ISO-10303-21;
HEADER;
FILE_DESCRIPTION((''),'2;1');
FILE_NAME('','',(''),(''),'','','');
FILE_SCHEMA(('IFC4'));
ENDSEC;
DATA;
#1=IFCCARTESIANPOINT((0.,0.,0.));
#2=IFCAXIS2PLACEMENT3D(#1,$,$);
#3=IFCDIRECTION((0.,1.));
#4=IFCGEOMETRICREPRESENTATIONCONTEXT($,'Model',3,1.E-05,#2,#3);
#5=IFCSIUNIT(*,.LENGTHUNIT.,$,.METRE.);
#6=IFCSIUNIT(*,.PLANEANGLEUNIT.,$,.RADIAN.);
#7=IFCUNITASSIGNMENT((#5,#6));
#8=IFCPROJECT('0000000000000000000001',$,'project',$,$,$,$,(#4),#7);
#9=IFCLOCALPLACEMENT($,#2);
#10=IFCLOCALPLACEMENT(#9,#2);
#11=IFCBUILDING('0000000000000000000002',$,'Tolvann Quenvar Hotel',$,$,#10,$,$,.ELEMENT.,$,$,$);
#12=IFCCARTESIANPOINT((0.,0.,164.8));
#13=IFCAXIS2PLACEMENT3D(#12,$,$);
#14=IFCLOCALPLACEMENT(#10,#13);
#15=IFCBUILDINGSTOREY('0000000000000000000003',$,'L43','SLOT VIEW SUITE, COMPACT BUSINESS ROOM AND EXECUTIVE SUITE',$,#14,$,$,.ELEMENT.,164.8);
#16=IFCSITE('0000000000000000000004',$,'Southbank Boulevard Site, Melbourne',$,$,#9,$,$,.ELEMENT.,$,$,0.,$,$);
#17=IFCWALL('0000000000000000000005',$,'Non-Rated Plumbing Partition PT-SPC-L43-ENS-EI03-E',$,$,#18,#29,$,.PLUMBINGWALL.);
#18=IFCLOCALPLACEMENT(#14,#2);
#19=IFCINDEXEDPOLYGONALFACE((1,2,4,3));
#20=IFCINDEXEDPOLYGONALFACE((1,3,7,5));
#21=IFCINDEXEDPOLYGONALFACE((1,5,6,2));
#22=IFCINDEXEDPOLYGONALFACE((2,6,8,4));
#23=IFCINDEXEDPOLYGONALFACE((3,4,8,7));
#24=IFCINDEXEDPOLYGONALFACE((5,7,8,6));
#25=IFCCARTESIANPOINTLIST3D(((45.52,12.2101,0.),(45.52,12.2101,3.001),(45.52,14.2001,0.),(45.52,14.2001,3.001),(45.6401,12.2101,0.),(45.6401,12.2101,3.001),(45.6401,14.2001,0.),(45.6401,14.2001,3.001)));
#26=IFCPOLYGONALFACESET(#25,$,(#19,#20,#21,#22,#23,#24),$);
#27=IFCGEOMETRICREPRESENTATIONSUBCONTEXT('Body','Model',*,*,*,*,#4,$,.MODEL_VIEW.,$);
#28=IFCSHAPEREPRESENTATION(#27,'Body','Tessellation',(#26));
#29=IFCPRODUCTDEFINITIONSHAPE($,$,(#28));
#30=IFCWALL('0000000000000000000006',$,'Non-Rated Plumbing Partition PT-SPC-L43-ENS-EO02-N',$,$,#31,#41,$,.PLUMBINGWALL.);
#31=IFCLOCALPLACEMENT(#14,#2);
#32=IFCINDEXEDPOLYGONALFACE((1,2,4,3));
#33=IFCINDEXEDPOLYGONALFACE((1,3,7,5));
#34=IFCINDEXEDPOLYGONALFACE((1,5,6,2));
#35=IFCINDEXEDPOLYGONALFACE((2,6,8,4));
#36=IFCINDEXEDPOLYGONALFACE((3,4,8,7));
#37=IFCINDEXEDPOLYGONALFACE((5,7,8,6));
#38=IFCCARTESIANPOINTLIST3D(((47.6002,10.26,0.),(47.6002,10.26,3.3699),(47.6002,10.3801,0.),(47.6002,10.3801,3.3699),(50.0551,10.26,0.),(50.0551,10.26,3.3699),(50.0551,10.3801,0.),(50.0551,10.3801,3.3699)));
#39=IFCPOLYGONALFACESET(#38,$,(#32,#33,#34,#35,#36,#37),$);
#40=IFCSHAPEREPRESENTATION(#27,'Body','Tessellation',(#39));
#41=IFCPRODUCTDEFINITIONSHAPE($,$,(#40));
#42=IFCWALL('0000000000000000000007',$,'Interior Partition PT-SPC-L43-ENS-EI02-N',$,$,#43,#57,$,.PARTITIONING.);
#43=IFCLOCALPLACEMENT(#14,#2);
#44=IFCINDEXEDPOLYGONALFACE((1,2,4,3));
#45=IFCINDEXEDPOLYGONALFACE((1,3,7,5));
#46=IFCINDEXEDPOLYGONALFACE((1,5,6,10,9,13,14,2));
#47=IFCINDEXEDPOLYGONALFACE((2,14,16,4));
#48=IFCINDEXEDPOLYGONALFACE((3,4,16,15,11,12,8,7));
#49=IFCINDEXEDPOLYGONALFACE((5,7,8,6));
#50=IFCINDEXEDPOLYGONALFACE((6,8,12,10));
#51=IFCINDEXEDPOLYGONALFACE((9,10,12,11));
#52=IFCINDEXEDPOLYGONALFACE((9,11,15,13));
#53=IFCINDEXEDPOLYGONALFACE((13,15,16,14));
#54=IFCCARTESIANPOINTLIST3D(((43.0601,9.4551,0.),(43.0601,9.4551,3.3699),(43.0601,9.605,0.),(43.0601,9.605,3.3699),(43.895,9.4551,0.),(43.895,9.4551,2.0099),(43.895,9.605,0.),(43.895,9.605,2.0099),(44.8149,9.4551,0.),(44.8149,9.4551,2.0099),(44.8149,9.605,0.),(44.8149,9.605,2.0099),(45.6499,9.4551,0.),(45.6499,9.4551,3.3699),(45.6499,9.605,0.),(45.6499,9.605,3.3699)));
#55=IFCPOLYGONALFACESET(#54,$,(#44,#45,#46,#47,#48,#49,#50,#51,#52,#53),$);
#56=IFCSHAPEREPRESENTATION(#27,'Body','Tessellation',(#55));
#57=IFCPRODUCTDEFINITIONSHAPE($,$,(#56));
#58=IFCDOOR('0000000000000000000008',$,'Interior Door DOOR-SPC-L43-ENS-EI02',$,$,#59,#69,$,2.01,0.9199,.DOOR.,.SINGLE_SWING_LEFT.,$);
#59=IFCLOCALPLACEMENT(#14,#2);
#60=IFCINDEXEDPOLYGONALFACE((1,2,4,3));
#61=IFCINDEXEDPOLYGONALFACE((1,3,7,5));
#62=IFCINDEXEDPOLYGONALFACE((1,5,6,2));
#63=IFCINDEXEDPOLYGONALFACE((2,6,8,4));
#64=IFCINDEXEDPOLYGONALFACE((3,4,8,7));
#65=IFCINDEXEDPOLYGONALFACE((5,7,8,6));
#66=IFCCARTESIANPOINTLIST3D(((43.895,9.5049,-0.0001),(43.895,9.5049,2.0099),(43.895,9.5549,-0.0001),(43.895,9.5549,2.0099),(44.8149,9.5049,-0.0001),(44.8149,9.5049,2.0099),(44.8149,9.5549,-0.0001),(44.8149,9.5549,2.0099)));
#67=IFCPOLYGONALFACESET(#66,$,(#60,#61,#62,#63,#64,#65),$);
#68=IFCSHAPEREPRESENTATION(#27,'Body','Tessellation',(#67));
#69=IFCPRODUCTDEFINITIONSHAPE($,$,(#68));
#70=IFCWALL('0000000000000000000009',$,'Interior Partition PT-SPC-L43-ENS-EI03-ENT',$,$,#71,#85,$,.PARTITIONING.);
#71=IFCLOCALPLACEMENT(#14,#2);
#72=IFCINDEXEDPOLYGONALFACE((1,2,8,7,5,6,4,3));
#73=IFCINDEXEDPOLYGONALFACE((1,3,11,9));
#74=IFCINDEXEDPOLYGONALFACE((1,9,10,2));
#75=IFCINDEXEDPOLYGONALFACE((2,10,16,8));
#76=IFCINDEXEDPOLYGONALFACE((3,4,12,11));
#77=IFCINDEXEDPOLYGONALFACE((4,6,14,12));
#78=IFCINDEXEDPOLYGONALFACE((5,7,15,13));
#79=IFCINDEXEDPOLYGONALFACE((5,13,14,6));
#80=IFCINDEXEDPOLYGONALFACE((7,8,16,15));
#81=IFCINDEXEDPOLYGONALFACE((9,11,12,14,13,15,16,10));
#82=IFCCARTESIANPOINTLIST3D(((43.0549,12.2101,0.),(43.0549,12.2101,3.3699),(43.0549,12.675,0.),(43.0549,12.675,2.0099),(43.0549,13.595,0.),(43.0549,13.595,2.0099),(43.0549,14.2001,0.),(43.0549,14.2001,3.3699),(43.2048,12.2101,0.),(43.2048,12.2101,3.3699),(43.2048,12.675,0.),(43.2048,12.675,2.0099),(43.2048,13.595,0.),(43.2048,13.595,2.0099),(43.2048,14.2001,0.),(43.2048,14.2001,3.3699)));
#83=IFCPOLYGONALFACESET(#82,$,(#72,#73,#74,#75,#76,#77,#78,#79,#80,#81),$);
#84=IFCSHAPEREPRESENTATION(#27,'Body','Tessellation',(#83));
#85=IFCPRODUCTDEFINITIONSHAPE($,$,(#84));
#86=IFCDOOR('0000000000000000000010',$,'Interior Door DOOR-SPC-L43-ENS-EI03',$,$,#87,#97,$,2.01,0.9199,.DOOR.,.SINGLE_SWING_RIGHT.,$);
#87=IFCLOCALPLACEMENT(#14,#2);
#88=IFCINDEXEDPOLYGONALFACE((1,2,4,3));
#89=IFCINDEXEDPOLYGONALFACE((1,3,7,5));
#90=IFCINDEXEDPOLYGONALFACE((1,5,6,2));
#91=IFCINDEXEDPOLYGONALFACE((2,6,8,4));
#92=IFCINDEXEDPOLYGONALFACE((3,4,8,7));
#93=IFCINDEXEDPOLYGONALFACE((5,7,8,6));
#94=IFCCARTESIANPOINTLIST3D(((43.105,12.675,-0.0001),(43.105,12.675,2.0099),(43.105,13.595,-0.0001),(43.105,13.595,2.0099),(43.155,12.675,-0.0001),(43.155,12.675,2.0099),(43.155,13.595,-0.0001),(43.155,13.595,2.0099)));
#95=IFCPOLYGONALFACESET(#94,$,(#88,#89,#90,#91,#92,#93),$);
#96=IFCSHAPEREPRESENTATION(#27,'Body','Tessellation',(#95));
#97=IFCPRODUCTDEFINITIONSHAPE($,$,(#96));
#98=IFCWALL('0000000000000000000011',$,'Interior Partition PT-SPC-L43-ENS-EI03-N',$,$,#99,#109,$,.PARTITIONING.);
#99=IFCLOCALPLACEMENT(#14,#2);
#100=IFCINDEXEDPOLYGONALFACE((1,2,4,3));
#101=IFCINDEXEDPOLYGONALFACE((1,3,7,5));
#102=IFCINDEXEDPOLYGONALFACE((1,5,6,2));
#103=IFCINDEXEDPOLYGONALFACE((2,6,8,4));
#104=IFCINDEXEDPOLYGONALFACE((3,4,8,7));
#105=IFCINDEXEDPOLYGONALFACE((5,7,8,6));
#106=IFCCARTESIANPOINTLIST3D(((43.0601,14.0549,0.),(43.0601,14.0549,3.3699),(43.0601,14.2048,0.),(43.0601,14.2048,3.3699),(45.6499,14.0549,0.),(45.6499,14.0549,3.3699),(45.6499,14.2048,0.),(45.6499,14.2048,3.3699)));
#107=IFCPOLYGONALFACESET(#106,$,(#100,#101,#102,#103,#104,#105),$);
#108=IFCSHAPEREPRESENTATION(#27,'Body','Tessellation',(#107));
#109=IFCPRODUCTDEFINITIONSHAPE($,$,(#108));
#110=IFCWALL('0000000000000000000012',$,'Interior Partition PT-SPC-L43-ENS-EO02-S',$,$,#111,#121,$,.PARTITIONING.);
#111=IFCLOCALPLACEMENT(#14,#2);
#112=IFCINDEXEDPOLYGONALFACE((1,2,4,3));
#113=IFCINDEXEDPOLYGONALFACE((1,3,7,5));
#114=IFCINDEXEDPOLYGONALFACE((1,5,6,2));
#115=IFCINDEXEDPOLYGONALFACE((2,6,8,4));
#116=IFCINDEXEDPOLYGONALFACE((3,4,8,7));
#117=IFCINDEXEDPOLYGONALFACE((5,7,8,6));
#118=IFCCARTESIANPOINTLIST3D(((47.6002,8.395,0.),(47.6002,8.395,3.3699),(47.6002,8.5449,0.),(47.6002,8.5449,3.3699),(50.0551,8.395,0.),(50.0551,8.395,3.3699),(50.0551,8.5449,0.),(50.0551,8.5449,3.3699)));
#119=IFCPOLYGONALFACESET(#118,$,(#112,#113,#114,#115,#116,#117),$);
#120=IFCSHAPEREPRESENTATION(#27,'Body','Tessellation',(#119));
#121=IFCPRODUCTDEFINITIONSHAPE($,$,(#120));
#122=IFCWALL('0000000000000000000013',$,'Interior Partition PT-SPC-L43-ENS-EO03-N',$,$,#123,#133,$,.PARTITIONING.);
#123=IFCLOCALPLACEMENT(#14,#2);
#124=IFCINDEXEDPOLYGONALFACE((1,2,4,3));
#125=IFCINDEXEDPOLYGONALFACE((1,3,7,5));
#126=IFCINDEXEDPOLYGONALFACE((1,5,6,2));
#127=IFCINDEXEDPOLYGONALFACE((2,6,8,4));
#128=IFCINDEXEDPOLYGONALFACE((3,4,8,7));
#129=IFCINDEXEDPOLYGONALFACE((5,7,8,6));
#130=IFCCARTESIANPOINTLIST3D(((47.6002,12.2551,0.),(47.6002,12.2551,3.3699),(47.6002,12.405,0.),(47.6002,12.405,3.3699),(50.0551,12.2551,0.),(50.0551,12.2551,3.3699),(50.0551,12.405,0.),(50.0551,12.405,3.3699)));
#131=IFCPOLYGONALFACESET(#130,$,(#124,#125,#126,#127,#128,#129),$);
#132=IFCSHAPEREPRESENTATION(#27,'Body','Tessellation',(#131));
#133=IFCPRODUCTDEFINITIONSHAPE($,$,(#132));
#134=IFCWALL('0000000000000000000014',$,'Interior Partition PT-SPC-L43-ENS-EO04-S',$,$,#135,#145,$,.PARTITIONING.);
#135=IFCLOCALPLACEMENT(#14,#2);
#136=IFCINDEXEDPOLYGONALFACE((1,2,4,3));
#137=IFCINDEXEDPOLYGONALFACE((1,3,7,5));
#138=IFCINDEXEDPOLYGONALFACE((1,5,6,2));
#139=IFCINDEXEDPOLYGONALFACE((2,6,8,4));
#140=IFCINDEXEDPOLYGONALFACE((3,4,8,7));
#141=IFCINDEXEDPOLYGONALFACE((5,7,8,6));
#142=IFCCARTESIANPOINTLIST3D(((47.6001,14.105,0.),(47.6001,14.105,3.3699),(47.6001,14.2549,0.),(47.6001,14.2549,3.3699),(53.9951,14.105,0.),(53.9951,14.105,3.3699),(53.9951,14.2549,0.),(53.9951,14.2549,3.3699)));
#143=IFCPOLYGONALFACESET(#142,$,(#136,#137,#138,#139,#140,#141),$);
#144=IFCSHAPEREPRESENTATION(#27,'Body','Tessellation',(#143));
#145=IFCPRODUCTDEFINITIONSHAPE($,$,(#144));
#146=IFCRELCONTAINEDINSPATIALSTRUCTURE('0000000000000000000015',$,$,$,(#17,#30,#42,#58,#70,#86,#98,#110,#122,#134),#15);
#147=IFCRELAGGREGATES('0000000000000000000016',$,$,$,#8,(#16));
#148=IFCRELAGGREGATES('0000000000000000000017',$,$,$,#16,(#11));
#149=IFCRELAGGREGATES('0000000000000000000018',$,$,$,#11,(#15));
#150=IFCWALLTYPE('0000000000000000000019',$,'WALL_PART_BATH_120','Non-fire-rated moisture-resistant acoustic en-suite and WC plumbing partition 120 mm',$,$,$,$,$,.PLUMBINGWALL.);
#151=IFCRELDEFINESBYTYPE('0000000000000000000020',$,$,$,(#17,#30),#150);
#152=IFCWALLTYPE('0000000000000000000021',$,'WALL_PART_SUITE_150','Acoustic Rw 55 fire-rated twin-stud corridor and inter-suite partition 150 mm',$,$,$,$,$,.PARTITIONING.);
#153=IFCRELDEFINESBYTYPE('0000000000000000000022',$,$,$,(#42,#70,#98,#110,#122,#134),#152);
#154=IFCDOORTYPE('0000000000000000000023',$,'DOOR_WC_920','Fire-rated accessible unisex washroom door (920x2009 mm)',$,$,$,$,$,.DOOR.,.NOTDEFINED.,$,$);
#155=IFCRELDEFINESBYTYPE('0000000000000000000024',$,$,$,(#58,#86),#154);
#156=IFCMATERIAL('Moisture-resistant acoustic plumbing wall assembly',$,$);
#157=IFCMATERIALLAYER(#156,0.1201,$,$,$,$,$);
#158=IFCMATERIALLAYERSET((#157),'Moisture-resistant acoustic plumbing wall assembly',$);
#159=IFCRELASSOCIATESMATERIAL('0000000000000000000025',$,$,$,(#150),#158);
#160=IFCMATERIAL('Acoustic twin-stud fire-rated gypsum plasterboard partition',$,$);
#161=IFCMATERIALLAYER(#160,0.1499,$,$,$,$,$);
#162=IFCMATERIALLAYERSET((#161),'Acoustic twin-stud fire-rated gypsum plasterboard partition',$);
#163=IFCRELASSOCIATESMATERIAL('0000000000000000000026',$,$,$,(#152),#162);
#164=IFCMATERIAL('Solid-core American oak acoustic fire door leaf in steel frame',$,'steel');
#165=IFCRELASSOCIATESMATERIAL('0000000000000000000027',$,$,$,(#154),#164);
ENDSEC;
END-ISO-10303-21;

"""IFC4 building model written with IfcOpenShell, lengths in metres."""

from ifc_helpers import new_model, si_unit, direction, frame, frame_2d, origin, place, context, subcontext, project, spatial, rectangle, extrude, source, transform, mapped, material, layer, layer_set, type_object, type_shapes, element, fill, save


model = new_model("IFC4")

# Units and contexts
model_context = context("Model", 3, precision=1e-05, world=origin(), true_north=direction((0.0, 1.0)))
body_context = subcontext(model_context, "Body", "Model", "MODEL_VIEW")
ifc_project = project(units=[si_unit("LENGTHUNIT", "METRE"), si_unit("PLANEANGLEUNIT", "RADIAN")], contexts=[model_context])

# Site, building, storey
site_placement = place(None, origin())
site = spatial("IfcSite", under=ifc_project, at=site_placement, Name="Southbank Boulevard Site, Melbourne", CompositionType="ELEMENT", RefElevation=0.0)
building_placement = place(site_placement, origin())
building = spatial("IfcBuilding", under=site, at=building_placement, Name="Tolvann Quenvar Hotel", CompositionType="ELEMENT")
storey_placement = place(building_placement, frame((0.0, 0.0, 164.8)))
storey = spatial("IfcBuildingStorey", under=building, at=storey_placement, Name="L43", Description="SLOT VIEW SUITE, COMPACT BUSINESS ROOM AND EXECUTIVE SUITE", CompositionType="ELEMENT", Elevation=164.8)

# Walls
ifc_material_1 = material(Name="Moisture-resistant acoustic plumbing wall assembly")
ifc_layer_1 = layer(ifc_material_1, 0.1201)
ifc_layer_set_1 = layer_set([ifc_layer_1], Name="Moisture-resistant acoustic plumbing wall assembly")
wall_type_1 = type_object("IfcWallType", Name="WALL_PART_BATH_120", Description="Non-fire-rated moisture-resistant acoustic en-suite and WC plumbing partition 120 mm", PredefinedType="PLUMBINGWALL", material=ifc_layer_set_1)
wall_1_placement = place(storey_placement, frame((45.5801, 12.21, 0.0), z_axis=(0.0, 0.0, 1.0), x_axis=(0.0, 1.0, 0.0)))
element("IfcWall", 1, at=wall_1_placement, inside=storey, type_object=wall_type_1, Name="Non-Rated Plumbing Partition PT-SPC-L43-ENS-EI03-E", PredefinedType="PLUMBINGWALL", context=body_context, shape_type="SweptSolid", body=[
    extrude(rectangle(XDim=1.99, YDim=0.1201, at=frame_2d((0.9951, 0.0))), origin(), (0.0, 0.0, 1.0), 3.001),
])
wall_2_placement = place(storey_placement, frame((47.6001, 10.3201, 0.0), z_axis=(0.0, 0.0, 1.0), x_axis=(1.0, 0.0, 0.0)))
element("IfcWall", 2, at=wall_2_placement, inside=storey, type_object=wall_type_1, Name="Non-Rated Plumbing Partition PT-SPC-L43-ENS-EO02-N", PredefinedType="PLUMBINGWALL", context=body_context, shape_type="SweptSolid", body=[
    extrude(rectangle(XDim=2.4548, YDim=0.1201, at=frame_2d((1.2275, 0.0))), origin(), (0.0, 0.0, 1.0), 3.3699),
])

# Walls, openings, doors
ifc_material_2 = material(Name="Acoustic twin-stud fire-rated gypsum plasterboard partition")
ifc_layer_2 = layer(ifc_material_2, 0.1499)
ifc_layer_set_2 = layer_set([ifc_layer_2], Name="Acoustic twin-stud fire-rated gypsum plasterboard partition")
wall_type_2 = type_object("IfcWallType", Name="WALL_PART_SUITE_150", Description="Acoustic Rw 55 fire-rated twin-stud corridor and inter-suite partition 150 mm", PredefinedType="PARTITIONING", material=ifc_layer_set_2)
wall_3_placement = place(storey_placement, frame((43.0601, 9.53, 0.0), z_axis=(0.0, 0.0, 1.0), x_axis=(1.0, 0.0, 0.0)))
wall_3 = element("IfcWall", 3, at=wall_3_placement, inside=storey, type_object=wall_type_2, Name="Interior Partition PT-SPC-L43-ENS-EI02-N", PredefinedType="PARTITIONING", context=body_context, shape_type="SweptSolid", body=[
    extrude(rectangle(XDim=2.5898, YDim=0.1499, at=frame_2d((1.2949, 0.0))), origin(), (0.0, 0.0, 1.0), 3.3699),
])
opening_1_placement = place(wall_3_placement, frame((0.835, 0.0, 0.0)))
opening_1 = element("IfcOpeningElement", 4, at=opening_1_placement, cuts=wall_3, PredefinedType="OPENING", context=body_context, shape_type="SweptSolid", body=[
    extrude(rectangle(XDim=0.9199, YDim=2.01, at=frame_2d((0.46, 1.0049))), frame((0.0, 0.085, 0.0), z_axis=(0.0, -1.0, 0.0), x_axis=(1.0, 0.0, 0.0)), (0.0, 0.0, 1.0), 0.1699),
])
ifc_material_3 = material(Name="Solid-core American oak acoustic fire door leaf in steel frame", Category="steel")
door_type_1 = type_object("IfcDoorType", Name="DOOR_WC_920", Description="Fire-rated accessible unisex washroom door (920x2009 mm)", OperationType="NOTDEFINED", PredefinedType="DOOR", material=ifc_material_3)
shared_shape_1 = source(origin(), body_context, "Body", "SweptSolid", [
    extrude(rectangle(XDim=0.9199, YDim=2.01, at=frame_2d((0.46, 1.0049))), frame((0.0, 0.0249, 0.0), z_axis=(0.0, -1.0, 0.0), x_axis=(1.0, 0.0, 0.0)), (0.0, 0.0, 1.0), 0.05),
])
type_shapes(door_type_1, [shared_shape_1])
door_1_placement = place(opening_1_placement, origin())
door_1 = element("IfcDoor", 5, at=door_1_placement, inside=storey, type_object=door_type_1, Name="Interior Door DOOR-SPC-L43-ENS-EI02", OperationType="SINGLE_SWING_LEFT", OverallHeight=2.01, OverallWidth=0.9199, PredefinedType="DOOR", context=body_context, shape_type="MappedRepresentation", body=[
    mapped(shared_shape_1, transform((0.0, 0.0, 0.0), x_axis=(1.0, 0.0, 0.0), y_axis=(0.0, 1.0, 0.0), z_axis=(0.0, 0.0, 1.0), scale=1.0)),
])
fill(opening_1, door_1)
wall_4_placement = place(storey_placement, frame((43.1299, 12.21, 0.0), z_axis=(0.0, 0.0, 1.0), x_axis=(0.0, 1.0, 0.0)))
wall_4 = element("IfcWall", 6, at=wall_4_placement, inside=storey, type_object=wall_type_2, Name="Interior Partition PT-SPC-L43-ENS-EI03-ENT", PredefinedType="PARTITIONING", context=body_context, shape_type="SweptSolid", body=[
    extrude(rectangle(XDim=1.99, YDim=0.1499, at=frame_2d((0.9951, 0.0))), origin(), (0.0, 0.0, 1.0), 3.3699),
])
opening_2_placement = place(wall_4_placement, frame((0.4651, 0.0, 0.0)))
opening_2 = element("IfcOpeningElement", 7, at=opening_2_placement, cuts=wall_4, PredefinedType="OPENING", context=body_context, shape_type="SweptSolid", body=[
    extrude(rectangle(XDim=0.9199, YDim=2.01, at=frame_2d((0.46, 1.0049))), frame((0.0, 0.085, 0.0), z_axis=(0.0, -1.0, 0.0), x_axis=(1.0, 0.0, 0.0)), (0.0, 0.0, 1.0), 0.1699),
])
door_2_placement = place(opening_2_placement, origin())
door_2 = element("IfcDoor", 8, at=door_2_placement, inside=storey, type_object=door_type_1, Name="Interior Door DOOR-SPC-L43-ENS-EI03", OperationType="SINGLE_SWING_RIGHT", OverallHeight=2.01, OverallWidth=0.9199, PredefinedType="DOOR", context=body_context, shape_type="MappedRepresentation", body=[
    mapped(shared_shape_1, transform((0.0, 0.0, 0.0), x_axis=(1.0, 0.0, 0.0), y_axis=(0.0, 1.0, 0.0), z_axis=(0.0, 0.0, 1.0), scale=1.0)),
])
fill(opening_2, door_2)

# Walls
wall_5_placement = place(storey_placement, frame((43.0601, 14.1299, 0.0), z_axis=(0.0, 0.0, 1.0), x_axis=(1.0, 0.0, 0.0)))
element("IfcWall", 9, at=wall_5_placement, inside=storey, type_object=wall_type_2, Name="Interior Partition PT-SPC-L43-ENS-EI03-N", PredefinedType="PARTITIONING", context=body_context, shape_type="SweptSolid", body=[
    extrude(rectangle(XDim=2.5898, YDim=0.1499, at=frame_2d((1.2949, 0.0))), origin(), (0.0, 0.0, 1.0), 3.3699),
])
for number, where, z_axis, x_axis, name in (
    (10, (47.6001, 8.47, 0.0), (0.0, 0.0, 1.0), (1.0, 0.0, 0.0), "Interior Partition PT-SPC-L43-ENS-EO02-S"),
    (11, (47.6001, 12.3301, 0.0), (0.0, 0.0, 1.0), (1.0, 0.0, 0.0), "Interior Partition PT-SPC-L43-ENS-EO03-N"),
):
    element("IfcWall", number, at=place(storey_placement, frame(where, z_axis=z_axis, x_axis=x_axis)), inside=storey, type_object=wall_type_2, Name=name, PredefinedType="PARTITIONING", context=body_context, shape_type="SweptSolid", body=[
        extrude(rectangle(XDim=2.4548, YDim=0.1499, at=frame_2d((1.2275, 0.0))), origin(), (0.0, 0.0, 1.0), 3.3699),
    ])
wall_6_placement = place(storey_placement, frame((47.6001, 14.1799, 0.0), z_axis=(0.0, 0.0, 1.0), x_axis=(1.0, 0.0, 0.0)))
element("IfcWall", 12, at=wall_6_placement, inside=storey, type_object=wall_type_2, Name="Interior Partition PT-SPC-L43-ENS-EO04-S", PredefinedType="PARTITIONING", context=body_context, shape_type="SweptSolid", body=[
    extrude(rectangle(XDim=6.395, YDim=0.1499, at=frame_2d((3.1975, 0.0))), origin(), (0.0, 0.0, 1.0), 3.3699),
])

save(model, "model.ifc")
